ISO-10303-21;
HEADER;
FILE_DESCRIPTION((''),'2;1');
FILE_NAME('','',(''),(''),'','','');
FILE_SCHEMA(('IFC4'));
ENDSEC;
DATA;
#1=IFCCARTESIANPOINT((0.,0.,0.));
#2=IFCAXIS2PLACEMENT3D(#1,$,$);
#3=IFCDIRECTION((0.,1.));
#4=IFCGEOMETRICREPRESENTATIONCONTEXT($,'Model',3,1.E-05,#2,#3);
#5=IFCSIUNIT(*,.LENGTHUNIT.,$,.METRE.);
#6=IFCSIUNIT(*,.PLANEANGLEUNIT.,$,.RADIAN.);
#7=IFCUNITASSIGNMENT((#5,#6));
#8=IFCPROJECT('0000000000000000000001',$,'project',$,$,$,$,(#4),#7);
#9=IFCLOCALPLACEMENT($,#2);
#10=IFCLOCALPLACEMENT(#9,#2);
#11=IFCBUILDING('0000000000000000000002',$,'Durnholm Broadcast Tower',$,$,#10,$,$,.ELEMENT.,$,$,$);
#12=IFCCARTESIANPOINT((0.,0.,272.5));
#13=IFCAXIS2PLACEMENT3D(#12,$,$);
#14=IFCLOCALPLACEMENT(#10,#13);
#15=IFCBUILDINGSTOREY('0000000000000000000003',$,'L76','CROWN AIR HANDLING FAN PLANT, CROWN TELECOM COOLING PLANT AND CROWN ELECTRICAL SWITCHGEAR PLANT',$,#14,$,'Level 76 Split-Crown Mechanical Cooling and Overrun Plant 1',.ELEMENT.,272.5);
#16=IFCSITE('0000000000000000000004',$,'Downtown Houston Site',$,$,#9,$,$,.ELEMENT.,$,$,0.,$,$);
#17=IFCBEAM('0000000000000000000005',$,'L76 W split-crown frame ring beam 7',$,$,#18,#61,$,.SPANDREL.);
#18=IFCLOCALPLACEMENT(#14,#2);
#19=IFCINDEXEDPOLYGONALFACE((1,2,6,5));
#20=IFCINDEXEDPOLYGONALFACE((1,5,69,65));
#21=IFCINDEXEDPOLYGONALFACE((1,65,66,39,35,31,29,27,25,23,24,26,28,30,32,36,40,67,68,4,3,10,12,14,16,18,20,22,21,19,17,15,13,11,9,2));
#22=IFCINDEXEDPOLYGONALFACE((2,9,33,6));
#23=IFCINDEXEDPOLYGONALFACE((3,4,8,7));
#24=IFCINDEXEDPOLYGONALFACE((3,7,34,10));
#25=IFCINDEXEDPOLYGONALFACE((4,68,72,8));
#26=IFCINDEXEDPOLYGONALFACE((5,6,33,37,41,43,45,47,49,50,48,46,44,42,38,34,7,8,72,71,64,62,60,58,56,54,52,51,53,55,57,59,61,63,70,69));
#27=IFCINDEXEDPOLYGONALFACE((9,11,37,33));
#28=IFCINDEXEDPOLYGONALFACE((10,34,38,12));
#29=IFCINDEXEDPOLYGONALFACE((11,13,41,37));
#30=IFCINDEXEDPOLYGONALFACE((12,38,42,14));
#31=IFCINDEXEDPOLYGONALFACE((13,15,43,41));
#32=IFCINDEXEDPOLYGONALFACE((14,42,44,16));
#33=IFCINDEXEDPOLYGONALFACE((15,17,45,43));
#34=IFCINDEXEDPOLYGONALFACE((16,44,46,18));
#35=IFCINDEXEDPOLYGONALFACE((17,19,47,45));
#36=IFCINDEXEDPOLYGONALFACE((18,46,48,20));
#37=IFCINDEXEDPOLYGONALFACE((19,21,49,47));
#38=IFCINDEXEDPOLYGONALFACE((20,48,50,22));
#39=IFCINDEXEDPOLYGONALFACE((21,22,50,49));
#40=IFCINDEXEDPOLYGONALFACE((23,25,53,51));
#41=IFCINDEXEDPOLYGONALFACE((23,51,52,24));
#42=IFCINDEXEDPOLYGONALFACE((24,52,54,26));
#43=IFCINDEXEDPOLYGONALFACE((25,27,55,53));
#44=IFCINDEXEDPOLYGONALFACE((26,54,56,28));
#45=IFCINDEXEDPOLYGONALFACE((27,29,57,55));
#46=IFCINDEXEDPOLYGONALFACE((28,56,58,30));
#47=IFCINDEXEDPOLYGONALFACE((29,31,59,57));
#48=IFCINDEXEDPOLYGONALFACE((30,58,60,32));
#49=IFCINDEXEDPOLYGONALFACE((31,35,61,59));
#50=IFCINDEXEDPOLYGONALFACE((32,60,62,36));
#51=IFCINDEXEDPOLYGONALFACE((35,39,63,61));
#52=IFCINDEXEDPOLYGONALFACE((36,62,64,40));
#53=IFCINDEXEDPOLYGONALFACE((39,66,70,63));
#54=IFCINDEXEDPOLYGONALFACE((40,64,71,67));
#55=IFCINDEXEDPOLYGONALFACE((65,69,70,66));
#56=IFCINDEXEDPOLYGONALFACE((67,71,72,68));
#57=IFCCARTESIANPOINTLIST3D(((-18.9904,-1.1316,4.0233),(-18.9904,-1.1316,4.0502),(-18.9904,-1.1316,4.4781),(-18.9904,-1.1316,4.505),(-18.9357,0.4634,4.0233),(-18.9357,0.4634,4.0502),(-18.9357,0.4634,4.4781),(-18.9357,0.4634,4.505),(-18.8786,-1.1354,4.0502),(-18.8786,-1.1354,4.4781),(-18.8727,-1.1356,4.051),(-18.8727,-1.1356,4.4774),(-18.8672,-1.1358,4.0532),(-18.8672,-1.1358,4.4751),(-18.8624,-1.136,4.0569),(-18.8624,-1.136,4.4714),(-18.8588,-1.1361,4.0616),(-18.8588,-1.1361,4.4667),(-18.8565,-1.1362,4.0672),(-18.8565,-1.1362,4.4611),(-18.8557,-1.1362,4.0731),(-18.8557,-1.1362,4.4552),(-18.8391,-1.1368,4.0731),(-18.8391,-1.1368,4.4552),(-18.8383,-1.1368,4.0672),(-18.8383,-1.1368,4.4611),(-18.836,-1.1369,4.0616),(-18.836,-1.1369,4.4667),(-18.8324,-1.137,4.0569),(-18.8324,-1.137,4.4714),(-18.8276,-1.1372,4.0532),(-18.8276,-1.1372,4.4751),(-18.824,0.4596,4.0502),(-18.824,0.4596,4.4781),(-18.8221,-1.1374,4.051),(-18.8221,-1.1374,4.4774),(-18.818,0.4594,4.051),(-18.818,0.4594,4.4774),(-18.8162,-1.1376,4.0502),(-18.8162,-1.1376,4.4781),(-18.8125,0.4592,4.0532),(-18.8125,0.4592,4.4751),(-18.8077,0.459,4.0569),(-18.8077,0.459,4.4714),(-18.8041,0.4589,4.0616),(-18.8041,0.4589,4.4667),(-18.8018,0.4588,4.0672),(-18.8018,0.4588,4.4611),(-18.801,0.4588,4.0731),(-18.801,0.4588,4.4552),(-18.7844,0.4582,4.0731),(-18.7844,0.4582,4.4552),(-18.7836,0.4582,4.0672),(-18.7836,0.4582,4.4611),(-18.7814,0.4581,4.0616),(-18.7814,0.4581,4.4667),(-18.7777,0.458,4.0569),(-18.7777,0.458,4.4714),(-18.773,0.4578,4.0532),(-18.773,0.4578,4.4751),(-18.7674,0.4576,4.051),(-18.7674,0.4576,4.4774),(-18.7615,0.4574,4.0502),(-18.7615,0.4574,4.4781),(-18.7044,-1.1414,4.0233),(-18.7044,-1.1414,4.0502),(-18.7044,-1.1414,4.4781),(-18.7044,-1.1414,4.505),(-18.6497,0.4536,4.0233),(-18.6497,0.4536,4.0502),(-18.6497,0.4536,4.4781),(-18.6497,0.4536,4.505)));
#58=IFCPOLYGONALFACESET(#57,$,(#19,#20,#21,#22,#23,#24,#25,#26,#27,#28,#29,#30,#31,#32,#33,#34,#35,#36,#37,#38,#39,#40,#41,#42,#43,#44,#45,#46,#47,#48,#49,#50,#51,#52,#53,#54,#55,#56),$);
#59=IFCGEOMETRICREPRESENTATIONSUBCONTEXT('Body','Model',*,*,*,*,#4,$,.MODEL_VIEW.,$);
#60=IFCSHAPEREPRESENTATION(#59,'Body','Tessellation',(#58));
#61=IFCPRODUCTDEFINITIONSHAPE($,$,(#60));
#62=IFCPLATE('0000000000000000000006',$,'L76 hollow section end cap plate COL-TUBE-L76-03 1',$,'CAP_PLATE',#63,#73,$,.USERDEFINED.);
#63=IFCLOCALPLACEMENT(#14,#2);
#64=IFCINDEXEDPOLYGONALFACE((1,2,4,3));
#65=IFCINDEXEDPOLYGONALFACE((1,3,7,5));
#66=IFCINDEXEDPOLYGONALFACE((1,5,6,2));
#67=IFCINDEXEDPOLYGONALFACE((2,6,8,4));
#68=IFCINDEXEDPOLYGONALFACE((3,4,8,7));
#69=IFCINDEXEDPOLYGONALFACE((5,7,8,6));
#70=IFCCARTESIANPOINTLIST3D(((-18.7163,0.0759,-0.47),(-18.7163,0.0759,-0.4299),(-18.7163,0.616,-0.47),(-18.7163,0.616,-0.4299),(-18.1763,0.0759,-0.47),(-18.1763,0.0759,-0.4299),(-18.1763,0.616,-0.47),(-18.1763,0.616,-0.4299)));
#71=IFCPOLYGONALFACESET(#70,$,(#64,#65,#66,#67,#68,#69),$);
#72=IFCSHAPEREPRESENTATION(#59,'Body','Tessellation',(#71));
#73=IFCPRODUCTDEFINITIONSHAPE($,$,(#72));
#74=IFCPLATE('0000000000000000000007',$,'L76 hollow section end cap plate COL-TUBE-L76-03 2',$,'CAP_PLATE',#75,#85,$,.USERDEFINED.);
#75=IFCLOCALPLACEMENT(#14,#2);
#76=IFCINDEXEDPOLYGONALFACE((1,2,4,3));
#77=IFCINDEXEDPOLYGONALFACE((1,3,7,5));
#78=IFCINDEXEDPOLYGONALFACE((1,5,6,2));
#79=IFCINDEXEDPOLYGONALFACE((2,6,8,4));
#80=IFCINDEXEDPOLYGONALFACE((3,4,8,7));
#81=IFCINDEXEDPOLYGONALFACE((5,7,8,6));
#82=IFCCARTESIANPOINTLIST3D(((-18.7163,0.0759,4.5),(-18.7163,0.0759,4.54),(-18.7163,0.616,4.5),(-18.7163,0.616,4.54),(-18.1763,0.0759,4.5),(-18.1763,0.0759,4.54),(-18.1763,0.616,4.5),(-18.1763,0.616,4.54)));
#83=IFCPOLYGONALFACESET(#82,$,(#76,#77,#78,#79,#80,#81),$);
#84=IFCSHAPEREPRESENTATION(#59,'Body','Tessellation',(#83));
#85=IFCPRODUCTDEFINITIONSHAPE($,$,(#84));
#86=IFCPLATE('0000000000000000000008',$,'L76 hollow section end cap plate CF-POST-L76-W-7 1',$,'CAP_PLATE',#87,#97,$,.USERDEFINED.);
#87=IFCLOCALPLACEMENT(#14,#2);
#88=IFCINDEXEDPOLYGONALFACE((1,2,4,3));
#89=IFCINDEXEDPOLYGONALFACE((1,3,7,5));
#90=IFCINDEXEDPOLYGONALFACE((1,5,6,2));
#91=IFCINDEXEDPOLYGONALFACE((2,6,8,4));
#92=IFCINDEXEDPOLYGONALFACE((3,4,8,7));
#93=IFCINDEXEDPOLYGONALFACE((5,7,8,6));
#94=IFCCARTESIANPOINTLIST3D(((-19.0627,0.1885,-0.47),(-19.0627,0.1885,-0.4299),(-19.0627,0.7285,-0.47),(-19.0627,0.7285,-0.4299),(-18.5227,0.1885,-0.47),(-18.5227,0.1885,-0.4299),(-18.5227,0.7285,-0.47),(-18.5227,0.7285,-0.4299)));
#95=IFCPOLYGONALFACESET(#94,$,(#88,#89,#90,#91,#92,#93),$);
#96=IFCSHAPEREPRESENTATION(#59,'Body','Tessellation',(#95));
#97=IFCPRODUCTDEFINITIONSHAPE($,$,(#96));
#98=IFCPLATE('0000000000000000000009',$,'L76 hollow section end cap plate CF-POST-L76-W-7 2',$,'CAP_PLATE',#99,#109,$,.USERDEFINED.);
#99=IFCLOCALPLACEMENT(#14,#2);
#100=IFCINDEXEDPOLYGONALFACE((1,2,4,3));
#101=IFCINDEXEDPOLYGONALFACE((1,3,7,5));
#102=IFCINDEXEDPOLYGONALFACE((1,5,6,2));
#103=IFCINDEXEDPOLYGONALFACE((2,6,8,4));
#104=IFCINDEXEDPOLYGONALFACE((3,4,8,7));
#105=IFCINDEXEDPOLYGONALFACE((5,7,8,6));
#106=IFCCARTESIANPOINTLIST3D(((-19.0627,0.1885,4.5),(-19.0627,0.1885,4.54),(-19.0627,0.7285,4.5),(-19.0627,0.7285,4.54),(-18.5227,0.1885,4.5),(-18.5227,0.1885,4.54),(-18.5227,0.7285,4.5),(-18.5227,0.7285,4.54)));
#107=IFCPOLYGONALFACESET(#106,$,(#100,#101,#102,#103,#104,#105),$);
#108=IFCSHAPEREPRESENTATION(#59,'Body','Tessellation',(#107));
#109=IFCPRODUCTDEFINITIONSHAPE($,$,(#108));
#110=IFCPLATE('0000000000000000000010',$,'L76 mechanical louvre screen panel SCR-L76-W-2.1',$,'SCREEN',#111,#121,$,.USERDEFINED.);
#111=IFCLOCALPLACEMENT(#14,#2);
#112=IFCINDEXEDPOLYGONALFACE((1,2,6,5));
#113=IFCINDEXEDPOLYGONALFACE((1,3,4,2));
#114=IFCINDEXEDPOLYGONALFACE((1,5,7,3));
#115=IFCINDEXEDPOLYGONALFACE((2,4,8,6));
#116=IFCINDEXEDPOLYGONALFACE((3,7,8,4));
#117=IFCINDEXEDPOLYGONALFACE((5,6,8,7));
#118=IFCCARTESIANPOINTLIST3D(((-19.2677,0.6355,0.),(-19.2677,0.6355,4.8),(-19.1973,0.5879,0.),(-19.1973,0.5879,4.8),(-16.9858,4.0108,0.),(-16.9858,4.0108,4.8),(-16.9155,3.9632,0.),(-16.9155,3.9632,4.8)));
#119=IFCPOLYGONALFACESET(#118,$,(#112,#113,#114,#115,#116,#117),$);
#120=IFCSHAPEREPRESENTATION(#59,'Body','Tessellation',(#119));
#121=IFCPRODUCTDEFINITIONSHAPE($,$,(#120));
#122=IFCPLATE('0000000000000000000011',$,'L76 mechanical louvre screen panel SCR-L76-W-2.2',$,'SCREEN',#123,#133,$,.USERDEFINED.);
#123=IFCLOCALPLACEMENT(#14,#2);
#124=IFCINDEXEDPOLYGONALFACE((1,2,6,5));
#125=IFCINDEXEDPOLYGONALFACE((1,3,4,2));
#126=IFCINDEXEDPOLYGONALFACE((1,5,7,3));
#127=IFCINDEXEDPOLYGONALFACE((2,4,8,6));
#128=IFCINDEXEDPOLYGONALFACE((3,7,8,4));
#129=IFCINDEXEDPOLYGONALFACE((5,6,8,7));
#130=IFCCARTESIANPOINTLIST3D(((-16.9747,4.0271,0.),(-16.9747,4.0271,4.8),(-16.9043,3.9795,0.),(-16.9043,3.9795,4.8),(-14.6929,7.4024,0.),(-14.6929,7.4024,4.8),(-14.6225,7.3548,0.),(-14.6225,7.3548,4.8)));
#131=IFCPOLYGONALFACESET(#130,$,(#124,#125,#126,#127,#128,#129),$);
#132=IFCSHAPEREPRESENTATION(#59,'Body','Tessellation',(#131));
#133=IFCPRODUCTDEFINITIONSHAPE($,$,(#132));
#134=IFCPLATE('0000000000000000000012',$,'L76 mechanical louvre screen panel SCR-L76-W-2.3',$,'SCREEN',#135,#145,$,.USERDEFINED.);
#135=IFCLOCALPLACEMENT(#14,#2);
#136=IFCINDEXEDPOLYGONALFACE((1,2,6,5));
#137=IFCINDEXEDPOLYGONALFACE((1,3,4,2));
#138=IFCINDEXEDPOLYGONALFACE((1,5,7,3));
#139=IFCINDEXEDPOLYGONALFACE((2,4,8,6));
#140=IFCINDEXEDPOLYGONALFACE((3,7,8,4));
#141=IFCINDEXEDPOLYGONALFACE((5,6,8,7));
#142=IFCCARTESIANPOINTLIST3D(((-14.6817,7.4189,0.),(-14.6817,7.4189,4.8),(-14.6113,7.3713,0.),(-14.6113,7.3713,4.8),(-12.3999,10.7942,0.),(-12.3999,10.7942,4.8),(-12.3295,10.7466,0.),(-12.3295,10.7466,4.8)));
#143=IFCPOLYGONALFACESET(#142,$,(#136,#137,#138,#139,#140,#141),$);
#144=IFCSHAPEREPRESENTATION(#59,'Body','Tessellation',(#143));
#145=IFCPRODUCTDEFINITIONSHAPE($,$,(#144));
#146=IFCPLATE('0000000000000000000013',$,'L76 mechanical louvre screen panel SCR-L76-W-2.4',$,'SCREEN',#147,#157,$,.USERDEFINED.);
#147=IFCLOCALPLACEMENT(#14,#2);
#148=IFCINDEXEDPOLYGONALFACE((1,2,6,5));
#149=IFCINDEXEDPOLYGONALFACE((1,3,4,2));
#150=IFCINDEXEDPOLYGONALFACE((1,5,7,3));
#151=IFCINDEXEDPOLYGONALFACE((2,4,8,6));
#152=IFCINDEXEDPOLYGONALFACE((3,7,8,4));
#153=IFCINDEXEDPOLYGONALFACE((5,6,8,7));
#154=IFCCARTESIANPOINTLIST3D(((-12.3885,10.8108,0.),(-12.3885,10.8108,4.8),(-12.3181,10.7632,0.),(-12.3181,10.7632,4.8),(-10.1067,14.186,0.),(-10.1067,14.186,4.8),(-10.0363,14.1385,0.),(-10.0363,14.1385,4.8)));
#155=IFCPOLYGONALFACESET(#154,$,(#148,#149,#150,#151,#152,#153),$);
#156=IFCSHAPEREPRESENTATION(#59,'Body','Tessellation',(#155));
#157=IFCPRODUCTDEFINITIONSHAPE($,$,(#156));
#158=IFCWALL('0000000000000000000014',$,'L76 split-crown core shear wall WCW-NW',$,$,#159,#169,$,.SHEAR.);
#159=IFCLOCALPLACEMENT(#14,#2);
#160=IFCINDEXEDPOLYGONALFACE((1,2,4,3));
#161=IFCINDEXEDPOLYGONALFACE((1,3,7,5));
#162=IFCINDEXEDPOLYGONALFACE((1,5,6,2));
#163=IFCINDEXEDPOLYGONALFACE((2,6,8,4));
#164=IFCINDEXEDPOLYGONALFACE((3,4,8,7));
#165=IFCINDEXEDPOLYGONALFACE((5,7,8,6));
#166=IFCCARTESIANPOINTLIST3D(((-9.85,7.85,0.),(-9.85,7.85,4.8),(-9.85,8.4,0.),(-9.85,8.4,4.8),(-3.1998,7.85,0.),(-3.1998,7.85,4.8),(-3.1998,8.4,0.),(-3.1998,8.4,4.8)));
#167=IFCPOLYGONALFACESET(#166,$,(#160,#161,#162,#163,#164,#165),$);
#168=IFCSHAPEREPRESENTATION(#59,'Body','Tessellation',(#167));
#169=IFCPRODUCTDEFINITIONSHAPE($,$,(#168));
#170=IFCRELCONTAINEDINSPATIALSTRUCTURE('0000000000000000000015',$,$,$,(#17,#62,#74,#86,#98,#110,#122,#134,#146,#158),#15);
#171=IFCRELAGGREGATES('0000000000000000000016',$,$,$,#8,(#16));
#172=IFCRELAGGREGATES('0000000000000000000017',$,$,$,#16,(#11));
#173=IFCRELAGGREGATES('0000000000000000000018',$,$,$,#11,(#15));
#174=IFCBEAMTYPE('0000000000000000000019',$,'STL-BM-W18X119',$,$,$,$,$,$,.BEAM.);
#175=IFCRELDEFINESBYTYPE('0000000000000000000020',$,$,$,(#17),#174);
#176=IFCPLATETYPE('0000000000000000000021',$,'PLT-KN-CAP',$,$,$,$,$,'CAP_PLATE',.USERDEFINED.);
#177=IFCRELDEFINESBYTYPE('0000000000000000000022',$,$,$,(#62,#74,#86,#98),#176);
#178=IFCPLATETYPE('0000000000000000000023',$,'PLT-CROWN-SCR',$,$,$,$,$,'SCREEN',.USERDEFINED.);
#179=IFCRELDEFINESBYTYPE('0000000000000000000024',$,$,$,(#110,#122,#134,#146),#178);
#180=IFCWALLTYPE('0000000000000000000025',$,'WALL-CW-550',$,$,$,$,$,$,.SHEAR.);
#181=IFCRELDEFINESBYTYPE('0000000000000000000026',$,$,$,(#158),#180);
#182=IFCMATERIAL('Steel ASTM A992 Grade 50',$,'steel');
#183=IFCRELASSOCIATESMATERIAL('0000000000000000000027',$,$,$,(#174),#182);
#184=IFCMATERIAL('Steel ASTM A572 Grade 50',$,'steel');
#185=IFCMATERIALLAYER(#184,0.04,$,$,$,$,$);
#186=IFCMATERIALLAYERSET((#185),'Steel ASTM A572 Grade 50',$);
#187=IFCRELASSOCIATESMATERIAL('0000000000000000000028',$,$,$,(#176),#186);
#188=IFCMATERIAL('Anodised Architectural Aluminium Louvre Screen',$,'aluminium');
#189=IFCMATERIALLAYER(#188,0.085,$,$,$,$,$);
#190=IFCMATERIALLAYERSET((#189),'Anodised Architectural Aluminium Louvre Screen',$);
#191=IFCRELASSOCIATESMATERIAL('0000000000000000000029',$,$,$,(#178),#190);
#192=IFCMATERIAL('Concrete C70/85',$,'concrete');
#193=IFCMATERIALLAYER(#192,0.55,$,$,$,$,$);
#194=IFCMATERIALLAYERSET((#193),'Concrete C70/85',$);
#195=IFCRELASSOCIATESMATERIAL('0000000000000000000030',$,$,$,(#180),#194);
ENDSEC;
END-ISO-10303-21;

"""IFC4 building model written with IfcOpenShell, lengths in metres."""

from ifc_helpers import new_model, si_unit, direction, frame, frame_2d, origin, origin_2d, place, context, subcontext, project, spatial, rectangle, i_section, extrude, source, transform, mapped, material, layer, layer_set, material_profile, profile_set, type_object, type_shapes, element, save


model = new_model("IFC4")

# Units and contexts
model_context = context("Model", 3, precision=1e-05, world=origin(), true_north=direction((0.0, 1.0)))
body_context = subcontext(model_context, "Body", "Model", "MODEL_VIEW")
ifc_project = project(units=[si_unit("LENGTHUNIT", "METRE"), si_unit("PLANEANGLEUNIT", "RADIAN")], contexts=[model_context])

# Site, building, storey
site_placement = place(None, origin())
site = spatial("IfcSite", under=ifc_project, at=site_placement, Name="Downtown Houston Site", CompositionType="ELEMENT", RefElevation=0.0)
building_placement = place(site_placement, origin())
building = spatial("IfcBuilding", under=site, at=building_placement, Name="Durnholm Broadcast Tower", CompositionType="ELEMENT")
storey_placement = place(building_placement, frame((0.0, 0.0, 272.5)))
storey = spatial("IfcBuildingStorey", under=building, at=storey_placement, Name="L76", Description="CROWN AIR HANDLING FAN PLANT, CROWN TELECOM COOLING PLANT AND CROWN ELECTRICAL SWITCHGEAR PLANT", LongName="Level 76 Split-Crown Mechanical Cooling and Overrun Plant 1", CompositionType="ELEMENT", Elevation=272.5)

# Shared definitions
ifc_material_1 = material(Name="Concrete C70/85", Category="concrete")

# Shared definitions
ifc_material_2 = material(Name="Steel ASTM A992 Grade 50", Category="steel")

# Beam
ifc_material_profile_1 = material_profile(ifc_material_2, i_section(OverallWidth=0.2861, OverallDepth=0.4817, WebThickness=0.0166, FlangeThickness=0.0269, FilletRadius=0.0229, at=origin_2d()), Name="W18X119")
ifc_profile_set_1 = profile_set([ifc_material_profile_1], Name="Steel ASTM A992 Grade 50")
beam_type_1 = type_object("IfcBeamType", Name="STL-BM-W18X119", PredefinedType="BEAM", material=ifc_profile_set_1)
shared_shape_1 = source(origin(), body_context, "Body", "SweptSolid", [
    extrude(i_section(OverallWidth=0.2861, OverallDepth=0.4817, WebThickness=0.0166, FlangeThickness=0.0269, FilletRadius=0.0229, at=origin_2d()), origin(), (0.0, 0.0, 1.0), 1.5959),
])
beam_1_placement = place(storey_placement, frame((-18.7927, 0.4585, 4.2642), z_axis=(-0.034267, -0.999413, 0.0), x_axis=(0.999413, -0.034267, 0.0)))
element("IfcBeam", 1, at=beam_1_placement, inside=storey, type_object=beam_type_1, Name="L76 W split-crown frame ring beam 7", PredefinedType="SPANDREL", context=body_context, shape_type="MappedRepresentation", body=[
    mapped(shared_shape_1, transform((0.0, 0.0, 0.0), x_axis=(1.0, 0.0, 0.0), y_axis=(0.0, 1.0, 0.0), z_axis=(0.0, 0.0, 1.0), scale=1.0)),
])

# Plates
ifc_material_3 = material(Name="Steel ASTM A572 Grade 50", Category="steel")
ifc_layer_1 = layer(ifc_material_3, 0.04)
ifc_layer_set_1 = layer_set([ifc_layer_1], Name="Steel ASTM A572 Grade 50")
plate_type_1 = type_object("IfcPlateType", Name="PLT-KN-CAP", ElementType="CAP_PLATE", PredefinedType="USERDEFINED", material=ifc_layer_set_1)
shared_shape_2 = source(origin(), body_context, "Body", "SweptSolid", [
    extrude(rectangle(XDim=0.54, YDim=0.54, at=origin_2d()), origin(), (0.0, 0.0, 1.0), 0.04),
])
type_shapes(plate_type_1, [shared_shape_2])
for number, where, z_axis, x_axis, name in (
    (2, (-18.4463, 0.3459, -0.47), (0.0, 0.0, 1.0), (1.0, 0.0, 0.0), "L76 hollow section end cap plate COL-TUBE-L76-03 1"),
    (3, (-18.4463, 0.3459, 4.5), (0.0, 0.0, 1.0), (1.0, 0.0, 0.0), "L76 hollow section end cap plate COL-TUBE-L76-03 2"),
    (4, (-18.7927, 0.4585, -0.47), (0.0, 0.0, 1.0), (1.0, 0.0, 0.0), "L76 hollow section end cap plate CF-POST-L76-W-7 1"),
    (5, (-18.7927, 0.4585, 4.5), (0.0, 0.0, 1.0), (1.0, 0.0, 0.0), "L76 hollow section end cap plate CF-POST-L76-W-7 2"),
):
    element("IfcPlate", number, at=place(storey_placement, frame(where, z_axis=z_axis, x_axis=x_axis)), inside=storey, type_object=plate_type_1, Name=name, ObjectType="CAP_PLATE", PredefinedType="USERDEFINED", context=body_context, shape_type="MappedRepresentation", body=[
        mapped(shared_shape_2, transform((0.0, 0.0, 0.0), x_axis=(1.0, 0.0, 0.0), y_axis=(0.0, 1.0, 0.0), z_axis=(0.0, 0.0, 1.0), scale=1.0)),
    ])
ifc_material_4 = material(Name="Anodised Architectural Aluminium Louvre Screen", Category="aluminium")
ifc_layer_2 = layer(ifc_material_4, 0.085)
ifc_layer_set_2 = layer_set([ifc_layer_2], Name="Anodised Architectural Aluminium Louvre Screen")
plate_type_2 = type_object("IfcPlateType", Name="PLT-CROWN-SCR", ElementType="SCREEN", PredefinedType="USERDEFINED", material=ifc_layer_set_2)
shared_shape_3 = source(origin(), body_context, "Body", "SweptSolid", [
    extrude(rectangle(XDim=4.0742, YDim=0.085, at=origin_2d()), origin(), (0.0, 0.0, 1.0), 4.8),
])
type_shapes(plate_type_2, [shared_shape_3])
for number, where, z_axis, x_axis, name in (
    (6, (-18.0916, 2.2993, 0.0), (0.0, 0.0, 1.0), (0.560061, 0.828452, 0.0), "L76 mechanical louvre screen panel SCR-L76-W-2.1"),
    (7, (-15.7986, 5.6909, 0.0), (0.0, 0.0, 1.0), (0.560061, 0.828452, 0.0), "L76 mechanical louvre screen panel SCR-L76-W-2.2"),
    (8, (-13.5056, 9.0828, 0.0), (0.0, 0.0, 1.0), (0.560061, 0.828452, 0.0), "L76 mechanical louvre screen panel SCR-L76-W-2.3"),
    (9, (-11.2124, 12.4746, 0.0), (0.0, 0.0, 1.0), (0.560061, 0.828452, 0.0), "L76 mechanical louvre screen panel SCR-L76-W-2.4"),
):
    element("IfcPlate", number, at=place(storey_placement, frame(where, z_axis=z_axis, x_axis=x_axis)), inside=storey, type_object=plate_type_2, Name=name, ObjectType="SCREEN", PredefinedType="USERDEFINED", context=body_context, shape_type="MappedRepresentation", body=[
        mapped(shared_shape_3, transform((0.0, 0.0, 0.0), x_axis=(1.0, 0.0, 0.0), y_axis=(0.0, 1.0, 0.0), z_axis=(0.0, 0.0, 1.0), scale=1.0)),
    ])

# Wall
ifc_layer_3 = layer(ifc_material_1, 0.55)
ifc_layer_set_3 = layer_set([ifc_layer_3], Name="Concrete C70/85")
wall_type_1 = type_object("IfcWallType", Name="WALL-CW-550", PredefinedType="SHEAR", material=ifc_layer_set_3)
wall_1_placement = place(storey_placement, frame((-9.8501, 8.125, 0.0), z_axis=(0.0, 0.0, 1.0), x_axis=(1.0, 0.0, 0.0)))
element("IfcWall", 10, at=wall_1_placement, inside=storey, type_object=wall_type_1, Name="L76 split-crown core shear wall WCW-NW", PredefinedType="SHEAR", context=body_context, shape_type="SweptSolid", body=[
    extrude(rectangle(XDim=6.6501, YDim=0.55, at=frame_2d((3.3252, 0.0))), origin(), (0.0, 0.0, 1.0), 4.8),
])

save(model, "model.ifc")
